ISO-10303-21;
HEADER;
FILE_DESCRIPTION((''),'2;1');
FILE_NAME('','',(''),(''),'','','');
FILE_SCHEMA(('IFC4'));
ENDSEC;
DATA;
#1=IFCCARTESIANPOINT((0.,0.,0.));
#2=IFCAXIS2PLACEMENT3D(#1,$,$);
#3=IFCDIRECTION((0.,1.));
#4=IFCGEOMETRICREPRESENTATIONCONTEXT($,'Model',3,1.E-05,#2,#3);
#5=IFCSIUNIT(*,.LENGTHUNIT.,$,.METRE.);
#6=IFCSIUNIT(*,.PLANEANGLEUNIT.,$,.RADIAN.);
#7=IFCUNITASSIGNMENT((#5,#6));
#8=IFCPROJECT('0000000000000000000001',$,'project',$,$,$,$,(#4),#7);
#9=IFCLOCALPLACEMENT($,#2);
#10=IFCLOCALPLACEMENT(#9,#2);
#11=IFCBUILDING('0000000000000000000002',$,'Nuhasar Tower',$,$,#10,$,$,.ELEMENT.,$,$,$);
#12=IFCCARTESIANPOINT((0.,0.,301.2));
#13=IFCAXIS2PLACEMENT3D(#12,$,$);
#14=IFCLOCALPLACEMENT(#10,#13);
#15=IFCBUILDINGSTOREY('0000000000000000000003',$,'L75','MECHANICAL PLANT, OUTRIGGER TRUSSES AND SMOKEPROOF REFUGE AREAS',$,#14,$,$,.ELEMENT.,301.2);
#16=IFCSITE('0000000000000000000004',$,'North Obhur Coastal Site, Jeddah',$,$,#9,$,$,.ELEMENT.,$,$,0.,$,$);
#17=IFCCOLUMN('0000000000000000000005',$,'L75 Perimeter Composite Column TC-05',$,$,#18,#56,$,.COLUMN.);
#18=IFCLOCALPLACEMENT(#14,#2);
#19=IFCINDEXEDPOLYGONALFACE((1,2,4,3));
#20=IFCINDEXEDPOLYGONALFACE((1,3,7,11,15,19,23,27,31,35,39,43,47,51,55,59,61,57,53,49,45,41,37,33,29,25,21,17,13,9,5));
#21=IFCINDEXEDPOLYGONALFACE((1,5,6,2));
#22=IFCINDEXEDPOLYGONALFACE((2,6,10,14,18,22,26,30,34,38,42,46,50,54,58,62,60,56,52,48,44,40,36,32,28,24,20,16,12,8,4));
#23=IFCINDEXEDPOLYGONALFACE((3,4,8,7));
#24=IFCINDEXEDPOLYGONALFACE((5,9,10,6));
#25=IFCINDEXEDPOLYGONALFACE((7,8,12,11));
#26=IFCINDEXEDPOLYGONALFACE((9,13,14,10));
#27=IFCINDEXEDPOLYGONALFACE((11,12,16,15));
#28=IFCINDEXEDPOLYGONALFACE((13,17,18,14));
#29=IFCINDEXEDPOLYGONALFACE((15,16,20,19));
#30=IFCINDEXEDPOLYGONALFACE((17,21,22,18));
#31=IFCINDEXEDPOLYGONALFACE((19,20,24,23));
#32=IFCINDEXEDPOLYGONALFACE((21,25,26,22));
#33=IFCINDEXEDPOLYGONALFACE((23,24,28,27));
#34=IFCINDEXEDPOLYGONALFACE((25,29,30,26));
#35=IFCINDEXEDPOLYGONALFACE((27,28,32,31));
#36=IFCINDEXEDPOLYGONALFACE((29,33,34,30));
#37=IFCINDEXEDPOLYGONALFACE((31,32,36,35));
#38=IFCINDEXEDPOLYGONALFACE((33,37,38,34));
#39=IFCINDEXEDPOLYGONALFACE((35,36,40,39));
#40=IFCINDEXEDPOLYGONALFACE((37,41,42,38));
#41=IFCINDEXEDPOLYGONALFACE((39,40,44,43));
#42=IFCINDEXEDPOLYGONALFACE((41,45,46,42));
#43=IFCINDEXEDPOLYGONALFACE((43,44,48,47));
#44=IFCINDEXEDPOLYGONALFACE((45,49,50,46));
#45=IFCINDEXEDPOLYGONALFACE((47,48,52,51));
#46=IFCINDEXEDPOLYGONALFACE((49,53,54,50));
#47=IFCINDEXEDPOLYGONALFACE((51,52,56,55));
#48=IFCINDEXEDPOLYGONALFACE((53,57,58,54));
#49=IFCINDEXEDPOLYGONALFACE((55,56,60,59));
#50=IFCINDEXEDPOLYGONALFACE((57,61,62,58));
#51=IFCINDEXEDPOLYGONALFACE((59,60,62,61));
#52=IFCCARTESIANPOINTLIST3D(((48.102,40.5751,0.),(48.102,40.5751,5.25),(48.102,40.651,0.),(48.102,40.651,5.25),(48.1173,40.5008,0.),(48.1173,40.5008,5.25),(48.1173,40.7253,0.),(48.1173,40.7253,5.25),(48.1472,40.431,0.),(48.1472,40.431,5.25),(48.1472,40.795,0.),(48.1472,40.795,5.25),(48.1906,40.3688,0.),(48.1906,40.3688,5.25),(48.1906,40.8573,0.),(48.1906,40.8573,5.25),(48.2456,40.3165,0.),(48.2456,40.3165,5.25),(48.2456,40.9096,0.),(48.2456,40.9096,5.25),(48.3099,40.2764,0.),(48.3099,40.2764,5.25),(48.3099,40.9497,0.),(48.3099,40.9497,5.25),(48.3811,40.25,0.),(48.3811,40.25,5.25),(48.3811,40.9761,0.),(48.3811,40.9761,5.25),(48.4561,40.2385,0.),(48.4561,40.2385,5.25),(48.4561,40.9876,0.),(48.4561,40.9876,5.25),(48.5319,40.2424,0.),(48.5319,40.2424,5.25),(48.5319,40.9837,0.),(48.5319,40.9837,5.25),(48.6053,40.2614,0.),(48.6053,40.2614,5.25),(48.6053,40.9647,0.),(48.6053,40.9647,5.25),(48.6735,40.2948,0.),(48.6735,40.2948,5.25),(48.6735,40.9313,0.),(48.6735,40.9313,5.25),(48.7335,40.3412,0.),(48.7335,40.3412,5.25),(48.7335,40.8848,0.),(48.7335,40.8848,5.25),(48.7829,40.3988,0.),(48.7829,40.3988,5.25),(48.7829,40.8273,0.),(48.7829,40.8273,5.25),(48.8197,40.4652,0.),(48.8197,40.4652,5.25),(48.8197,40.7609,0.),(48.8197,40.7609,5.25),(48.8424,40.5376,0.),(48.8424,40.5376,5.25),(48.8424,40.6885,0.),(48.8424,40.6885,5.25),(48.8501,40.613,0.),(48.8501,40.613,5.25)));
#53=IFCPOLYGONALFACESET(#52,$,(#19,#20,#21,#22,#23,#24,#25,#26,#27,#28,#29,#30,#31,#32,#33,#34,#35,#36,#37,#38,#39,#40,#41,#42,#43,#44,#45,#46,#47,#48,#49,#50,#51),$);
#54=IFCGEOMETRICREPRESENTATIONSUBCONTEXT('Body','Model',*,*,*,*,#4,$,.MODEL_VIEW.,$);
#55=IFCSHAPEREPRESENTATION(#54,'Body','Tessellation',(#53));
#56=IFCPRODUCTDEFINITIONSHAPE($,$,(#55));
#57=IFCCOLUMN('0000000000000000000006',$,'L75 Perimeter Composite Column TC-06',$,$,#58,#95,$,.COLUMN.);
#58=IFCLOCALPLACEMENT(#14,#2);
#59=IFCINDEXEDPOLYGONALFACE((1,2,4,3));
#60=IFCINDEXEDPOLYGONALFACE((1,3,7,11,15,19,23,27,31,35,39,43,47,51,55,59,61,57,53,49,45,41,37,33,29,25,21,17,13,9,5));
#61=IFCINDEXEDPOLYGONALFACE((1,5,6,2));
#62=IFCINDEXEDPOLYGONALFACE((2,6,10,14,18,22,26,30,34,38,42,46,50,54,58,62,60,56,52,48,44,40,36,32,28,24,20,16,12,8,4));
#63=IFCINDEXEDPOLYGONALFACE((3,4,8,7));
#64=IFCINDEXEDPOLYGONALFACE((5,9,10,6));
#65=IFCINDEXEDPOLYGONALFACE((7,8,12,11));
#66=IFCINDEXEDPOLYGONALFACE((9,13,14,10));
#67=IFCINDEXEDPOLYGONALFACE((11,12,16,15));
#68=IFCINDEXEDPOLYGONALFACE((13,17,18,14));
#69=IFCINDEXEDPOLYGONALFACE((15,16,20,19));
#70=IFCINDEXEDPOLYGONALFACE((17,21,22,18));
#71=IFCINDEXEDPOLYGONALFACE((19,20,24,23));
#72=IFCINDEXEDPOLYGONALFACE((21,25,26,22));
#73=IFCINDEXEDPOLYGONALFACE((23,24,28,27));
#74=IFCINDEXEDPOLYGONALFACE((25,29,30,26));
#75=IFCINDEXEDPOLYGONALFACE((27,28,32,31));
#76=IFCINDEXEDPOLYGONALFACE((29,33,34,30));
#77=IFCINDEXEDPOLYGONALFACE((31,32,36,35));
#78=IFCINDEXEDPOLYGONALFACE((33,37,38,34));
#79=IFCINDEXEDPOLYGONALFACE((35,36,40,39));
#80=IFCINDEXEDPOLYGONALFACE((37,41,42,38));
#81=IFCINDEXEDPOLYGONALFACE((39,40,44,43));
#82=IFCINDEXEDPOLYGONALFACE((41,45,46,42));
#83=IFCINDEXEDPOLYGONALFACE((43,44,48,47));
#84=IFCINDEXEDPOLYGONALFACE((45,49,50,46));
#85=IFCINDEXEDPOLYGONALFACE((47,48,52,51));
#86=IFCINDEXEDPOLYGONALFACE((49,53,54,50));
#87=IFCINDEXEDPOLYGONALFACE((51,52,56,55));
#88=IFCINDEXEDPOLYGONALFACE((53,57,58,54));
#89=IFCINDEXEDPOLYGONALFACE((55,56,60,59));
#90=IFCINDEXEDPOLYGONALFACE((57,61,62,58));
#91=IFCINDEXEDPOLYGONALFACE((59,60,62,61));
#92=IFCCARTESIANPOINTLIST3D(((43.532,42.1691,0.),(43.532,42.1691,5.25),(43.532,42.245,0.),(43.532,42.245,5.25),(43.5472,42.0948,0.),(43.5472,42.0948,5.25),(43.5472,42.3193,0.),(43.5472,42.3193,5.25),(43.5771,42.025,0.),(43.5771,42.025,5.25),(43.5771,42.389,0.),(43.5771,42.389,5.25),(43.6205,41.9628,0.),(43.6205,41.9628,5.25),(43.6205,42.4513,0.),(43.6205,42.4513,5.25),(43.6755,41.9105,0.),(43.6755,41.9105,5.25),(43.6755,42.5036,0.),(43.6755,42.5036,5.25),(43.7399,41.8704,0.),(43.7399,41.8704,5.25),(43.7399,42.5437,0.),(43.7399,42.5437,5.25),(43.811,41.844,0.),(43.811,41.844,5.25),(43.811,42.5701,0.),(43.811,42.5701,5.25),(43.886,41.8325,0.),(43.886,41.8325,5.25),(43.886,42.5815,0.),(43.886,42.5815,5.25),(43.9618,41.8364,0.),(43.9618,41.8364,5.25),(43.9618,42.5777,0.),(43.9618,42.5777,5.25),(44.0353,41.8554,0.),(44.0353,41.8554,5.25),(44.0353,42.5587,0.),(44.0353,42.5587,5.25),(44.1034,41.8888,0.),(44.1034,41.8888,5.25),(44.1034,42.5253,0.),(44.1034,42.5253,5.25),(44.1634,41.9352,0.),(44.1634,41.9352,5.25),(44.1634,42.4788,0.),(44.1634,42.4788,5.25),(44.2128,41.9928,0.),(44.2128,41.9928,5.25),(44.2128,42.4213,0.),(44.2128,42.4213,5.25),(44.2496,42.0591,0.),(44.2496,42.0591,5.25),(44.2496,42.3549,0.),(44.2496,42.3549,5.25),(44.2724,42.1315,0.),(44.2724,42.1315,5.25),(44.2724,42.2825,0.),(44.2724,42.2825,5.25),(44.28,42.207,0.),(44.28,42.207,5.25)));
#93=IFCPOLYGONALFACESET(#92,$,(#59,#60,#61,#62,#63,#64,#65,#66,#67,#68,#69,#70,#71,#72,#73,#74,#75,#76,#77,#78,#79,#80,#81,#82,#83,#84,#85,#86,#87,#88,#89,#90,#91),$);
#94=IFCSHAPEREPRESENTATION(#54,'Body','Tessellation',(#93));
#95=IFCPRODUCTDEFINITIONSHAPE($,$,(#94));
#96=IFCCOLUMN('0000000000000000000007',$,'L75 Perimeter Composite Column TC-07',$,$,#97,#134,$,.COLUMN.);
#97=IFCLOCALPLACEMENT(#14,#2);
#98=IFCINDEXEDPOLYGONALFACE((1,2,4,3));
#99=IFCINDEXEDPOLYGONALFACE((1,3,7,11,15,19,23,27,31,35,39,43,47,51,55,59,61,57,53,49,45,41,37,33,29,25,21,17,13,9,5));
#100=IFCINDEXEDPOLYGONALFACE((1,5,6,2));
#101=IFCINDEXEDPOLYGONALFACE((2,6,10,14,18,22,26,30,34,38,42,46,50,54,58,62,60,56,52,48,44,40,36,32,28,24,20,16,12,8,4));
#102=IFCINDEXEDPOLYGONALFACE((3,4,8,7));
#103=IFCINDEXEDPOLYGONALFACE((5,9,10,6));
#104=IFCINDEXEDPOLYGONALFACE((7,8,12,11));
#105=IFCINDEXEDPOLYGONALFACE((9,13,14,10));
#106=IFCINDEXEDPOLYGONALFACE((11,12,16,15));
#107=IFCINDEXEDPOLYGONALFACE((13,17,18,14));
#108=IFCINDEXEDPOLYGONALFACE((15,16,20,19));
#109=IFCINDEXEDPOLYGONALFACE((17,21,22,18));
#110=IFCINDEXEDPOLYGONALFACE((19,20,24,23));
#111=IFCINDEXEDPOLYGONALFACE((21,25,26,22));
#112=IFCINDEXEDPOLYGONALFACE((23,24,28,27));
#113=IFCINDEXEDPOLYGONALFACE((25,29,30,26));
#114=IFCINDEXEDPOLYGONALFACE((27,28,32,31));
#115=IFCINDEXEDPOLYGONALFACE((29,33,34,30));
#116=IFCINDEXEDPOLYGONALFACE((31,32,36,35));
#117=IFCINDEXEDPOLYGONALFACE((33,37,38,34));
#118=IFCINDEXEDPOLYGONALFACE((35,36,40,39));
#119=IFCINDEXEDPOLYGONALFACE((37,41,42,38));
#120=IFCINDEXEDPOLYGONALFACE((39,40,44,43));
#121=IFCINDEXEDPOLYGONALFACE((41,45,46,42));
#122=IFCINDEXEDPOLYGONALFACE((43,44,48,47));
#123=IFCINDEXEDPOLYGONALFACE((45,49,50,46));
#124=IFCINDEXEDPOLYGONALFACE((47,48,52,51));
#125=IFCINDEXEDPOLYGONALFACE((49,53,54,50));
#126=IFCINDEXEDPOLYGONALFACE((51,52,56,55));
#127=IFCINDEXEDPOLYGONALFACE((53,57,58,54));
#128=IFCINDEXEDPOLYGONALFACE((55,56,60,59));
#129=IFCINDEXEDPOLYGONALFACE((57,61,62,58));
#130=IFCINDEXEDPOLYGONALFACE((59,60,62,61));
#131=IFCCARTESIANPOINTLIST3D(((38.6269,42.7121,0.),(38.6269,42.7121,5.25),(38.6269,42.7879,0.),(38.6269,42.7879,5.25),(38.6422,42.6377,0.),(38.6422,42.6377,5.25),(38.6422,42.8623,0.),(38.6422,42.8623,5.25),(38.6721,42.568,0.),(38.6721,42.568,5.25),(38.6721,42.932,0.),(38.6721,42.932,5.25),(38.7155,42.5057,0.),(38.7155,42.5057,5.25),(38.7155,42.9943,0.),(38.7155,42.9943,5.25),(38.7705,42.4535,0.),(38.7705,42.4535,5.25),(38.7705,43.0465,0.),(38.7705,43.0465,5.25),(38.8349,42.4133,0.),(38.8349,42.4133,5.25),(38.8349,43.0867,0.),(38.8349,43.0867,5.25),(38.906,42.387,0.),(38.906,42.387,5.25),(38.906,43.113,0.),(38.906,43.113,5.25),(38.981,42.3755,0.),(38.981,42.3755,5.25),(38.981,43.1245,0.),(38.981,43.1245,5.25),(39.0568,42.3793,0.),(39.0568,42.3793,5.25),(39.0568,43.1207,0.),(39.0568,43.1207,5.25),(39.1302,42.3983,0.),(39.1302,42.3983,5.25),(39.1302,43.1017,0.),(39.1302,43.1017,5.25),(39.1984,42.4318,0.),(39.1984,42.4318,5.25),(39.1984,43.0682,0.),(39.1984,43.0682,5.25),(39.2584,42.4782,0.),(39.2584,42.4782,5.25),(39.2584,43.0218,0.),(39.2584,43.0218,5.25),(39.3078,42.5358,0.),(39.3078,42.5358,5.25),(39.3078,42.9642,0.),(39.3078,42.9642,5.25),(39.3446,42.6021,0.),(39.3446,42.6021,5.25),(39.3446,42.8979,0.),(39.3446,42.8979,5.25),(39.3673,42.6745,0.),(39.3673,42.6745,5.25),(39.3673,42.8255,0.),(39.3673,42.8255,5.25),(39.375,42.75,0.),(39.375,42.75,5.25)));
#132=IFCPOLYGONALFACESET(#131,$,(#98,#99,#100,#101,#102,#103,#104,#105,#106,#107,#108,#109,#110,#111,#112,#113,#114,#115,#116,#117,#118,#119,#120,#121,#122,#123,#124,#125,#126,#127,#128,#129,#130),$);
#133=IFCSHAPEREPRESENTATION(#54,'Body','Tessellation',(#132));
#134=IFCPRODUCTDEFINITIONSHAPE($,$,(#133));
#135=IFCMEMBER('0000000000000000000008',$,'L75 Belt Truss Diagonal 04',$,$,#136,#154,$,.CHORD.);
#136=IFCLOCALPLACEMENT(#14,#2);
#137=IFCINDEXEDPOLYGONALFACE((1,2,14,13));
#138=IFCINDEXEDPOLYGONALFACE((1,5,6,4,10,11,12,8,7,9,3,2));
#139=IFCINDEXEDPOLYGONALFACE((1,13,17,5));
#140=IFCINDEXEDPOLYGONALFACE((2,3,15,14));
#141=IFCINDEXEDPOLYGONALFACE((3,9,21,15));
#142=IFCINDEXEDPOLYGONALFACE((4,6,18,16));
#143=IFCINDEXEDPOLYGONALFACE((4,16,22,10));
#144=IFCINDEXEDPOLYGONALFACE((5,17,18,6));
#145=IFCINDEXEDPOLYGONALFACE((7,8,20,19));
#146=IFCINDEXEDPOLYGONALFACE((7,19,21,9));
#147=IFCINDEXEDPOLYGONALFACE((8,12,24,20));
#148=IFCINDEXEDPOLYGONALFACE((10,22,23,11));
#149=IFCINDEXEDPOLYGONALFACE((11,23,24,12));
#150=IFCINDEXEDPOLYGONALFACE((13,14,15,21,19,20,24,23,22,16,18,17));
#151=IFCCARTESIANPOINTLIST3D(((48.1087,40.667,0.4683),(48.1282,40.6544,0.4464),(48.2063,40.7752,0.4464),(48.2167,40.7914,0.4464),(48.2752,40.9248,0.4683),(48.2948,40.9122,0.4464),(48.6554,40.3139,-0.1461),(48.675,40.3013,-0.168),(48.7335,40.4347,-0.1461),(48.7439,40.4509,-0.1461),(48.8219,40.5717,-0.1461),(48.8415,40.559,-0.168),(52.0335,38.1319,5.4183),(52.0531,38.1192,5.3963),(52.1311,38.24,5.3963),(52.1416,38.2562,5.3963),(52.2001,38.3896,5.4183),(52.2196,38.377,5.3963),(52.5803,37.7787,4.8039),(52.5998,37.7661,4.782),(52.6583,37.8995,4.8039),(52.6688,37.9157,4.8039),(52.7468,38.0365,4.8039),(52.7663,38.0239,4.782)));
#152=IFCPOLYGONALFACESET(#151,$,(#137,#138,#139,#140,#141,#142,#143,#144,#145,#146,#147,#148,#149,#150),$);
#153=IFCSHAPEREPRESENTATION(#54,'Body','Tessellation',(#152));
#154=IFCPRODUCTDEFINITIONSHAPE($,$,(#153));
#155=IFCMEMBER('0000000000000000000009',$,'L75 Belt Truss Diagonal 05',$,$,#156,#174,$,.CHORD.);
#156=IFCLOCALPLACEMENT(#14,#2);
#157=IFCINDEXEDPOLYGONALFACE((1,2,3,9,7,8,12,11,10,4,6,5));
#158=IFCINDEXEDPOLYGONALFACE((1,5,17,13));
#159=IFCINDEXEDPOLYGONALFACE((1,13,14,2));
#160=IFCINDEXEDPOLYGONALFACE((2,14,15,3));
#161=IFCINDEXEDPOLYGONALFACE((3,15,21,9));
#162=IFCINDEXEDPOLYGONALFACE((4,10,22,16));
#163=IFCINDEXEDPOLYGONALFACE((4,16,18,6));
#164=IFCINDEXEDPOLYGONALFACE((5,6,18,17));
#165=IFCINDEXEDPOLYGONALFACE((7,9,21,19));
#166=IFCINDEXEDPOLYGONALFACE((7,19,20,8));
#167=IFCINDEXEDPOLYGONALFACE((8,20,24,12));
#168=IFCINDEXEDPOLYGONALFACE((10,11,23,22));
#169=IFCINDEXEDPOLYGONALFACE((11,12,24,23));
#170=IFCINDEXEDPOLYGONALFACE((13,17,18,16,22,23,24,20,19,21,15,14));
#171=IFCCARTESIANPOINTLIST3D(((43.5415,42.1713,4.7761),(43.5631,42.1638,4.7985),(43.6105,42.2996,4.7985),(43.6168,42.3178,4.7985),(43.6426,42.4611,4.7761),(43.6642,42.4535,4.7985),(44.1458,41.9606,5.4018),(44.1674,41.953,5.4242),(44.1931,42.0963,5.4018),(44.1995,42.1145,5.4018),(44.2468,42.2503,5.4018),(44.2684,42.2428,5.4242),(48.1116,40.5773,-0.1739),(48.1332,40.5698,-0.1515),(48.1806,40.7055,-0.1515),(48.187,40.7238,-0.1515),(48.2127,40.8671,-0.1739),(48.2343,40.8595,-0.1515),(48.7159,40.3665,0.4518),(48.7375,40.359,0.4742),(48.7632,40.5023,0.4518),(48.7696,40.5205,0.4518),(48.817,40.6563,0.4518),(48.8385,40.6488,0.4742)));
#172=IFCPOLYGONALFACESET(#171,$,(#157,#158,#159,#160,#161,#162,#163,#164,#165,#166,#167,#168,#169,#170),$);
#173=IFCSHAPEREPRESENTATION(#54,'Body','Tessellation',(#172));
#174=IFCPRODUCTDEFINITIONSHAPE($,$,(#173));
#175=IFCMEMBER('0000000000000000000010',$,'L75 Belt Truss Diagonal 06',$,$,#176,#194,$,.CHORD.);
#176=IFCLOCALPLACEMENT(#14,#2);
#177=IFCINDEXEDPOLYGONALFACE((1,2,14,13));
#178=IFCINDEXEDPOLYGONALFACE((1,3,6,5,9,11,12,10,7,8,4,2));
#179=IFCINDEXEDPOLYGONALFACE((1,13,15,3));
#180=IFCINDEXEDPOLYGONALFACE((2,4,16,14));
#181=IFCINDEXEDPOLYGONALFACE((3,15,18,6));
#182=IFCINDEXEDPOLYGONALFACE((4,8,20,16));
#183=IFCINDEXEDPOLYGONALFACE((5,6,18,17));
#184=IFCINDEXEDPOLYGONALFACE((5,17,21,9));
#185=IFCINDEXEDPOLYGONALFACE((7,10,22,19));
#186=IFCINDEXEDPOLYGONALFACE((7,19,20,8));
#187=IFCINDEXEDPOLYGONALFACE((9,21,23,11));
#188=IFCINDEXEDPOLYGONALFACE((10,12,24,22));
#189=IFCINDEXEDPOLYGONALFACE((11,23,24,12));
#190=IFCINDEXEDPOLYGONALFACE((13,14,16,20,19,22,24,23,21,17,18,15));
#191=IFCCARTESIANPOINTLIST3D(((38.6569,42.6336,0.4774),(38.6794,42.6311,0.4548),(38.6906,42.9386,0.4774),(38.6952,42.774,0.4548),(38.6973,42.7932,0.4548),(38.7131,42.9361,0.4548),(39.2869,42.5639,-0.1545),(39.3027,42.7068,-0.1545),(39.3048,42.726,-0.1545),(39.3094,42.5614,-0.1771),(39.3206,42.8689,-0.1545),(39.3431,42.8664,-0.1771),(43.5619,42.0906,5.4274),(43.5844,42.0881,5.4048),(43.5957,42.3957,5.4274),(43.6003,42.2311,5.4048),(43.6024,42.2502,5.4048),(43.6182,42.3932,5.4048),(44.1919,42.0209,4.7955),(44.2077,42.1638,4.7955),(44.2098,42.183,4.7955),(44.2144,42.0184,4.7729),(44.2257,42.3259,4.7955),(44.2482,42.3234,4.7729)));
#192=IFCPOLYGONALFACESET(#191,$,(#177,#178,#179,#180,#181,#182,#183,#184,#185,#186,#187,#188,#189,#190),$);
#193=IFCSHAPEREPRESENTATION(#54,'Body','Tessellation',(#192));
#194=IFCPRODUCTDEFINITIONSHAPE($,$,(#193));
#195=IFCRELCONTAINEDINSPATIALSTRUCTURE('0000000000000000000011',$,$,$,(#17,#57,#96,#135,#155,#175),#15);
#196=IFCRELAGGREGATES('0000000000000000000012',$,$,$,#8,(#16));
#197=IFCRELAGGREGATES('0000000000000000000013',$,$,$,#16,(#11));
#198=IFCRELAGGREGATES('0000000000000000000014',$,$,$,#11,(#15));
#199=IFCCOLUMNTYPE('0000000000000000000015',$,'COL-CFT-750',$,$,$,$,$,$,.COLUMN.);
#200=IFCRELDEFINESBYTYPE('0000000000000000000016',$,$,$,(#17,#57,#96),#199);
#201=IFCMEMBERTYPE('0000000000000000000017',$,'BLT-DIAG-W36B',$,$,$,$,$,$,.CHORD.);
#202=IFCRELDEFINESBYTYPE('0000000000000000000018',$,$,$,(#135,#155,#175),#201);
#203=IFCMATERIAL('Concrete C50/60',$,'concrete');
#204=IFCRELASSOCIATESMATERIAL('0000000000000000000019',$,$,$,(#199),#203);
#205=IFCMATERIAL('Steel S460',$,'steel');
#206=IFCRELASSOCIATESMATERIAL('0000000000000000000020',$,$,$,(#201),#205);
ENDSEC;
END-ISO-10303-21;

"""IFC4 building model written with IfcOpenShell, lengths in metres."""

from ifc_helpers import new_model, si_unit, direction, frame, origin, origin_2d, place, context, subcontext, project, spatial, circle, i_section, extrude, material, material_profile, profile_set, type_object, element, save


model = new_model("IFC4")

# Units and contexts
model_context = context("Model", 3, precision=1e-05, world=origin(), true_north=direction((0.0, 1.0)))
body_context = subcontext(model_context, "Body", "Model", "MODEL_VIEW")
ifc_project = project(units=[si_unit("LENGTHUNIT", "METRE"), si_unit("PLANEANGLEUNIT", "RADIAN")], contexts=[model_context])

# Site, building, storey
site_placement = place(None, origin())
site = spatial("IfcSite", under=ifc_project, at=site_placement, Name="North Obhur Coastal Site, Jeddah", CompositionType="ELEMENT", RefElevation=0.0)
building_placement = place(site_placement, origin())
building = spatial("IfcBuilding", under=site, at=building_placement, Name="Nuhasar Tower", CompositionType="ELEMENT")
storey_placement = place(building_placement, frame((0.0, 0.0, 301.2)))
storey = spatial("IfcBuildingStorey", under=building, at=storey_placement, Name="L75", Description="MECHANICAL PLANT, OUTRIGGER TRUSSES AND SMOKEPROOF REFUGE AREAS", CompositionType="ELEMENT", Elevation=301.2)

# Columns
ifc_material_1 = material(Name="Concrete C50/60", Category="concrete")
ifc_material_profile_1 = material_profile(ifc_material_1, circle(Radius=0.375, at=origin_2d()), Name="CFT750")
ifc_profile_set_1 = profile_set([ifc_material_profile_1], Name="Concrete C50/60")
column_type = type_object("IfcColumnType", Name="COL-CFT-750", PredefinedType="COLUMN", material=ifc_profile_set_1)
for number, where, z_axis, x_axis, name in (
    (1, (48.4751, 40.613, 0.0), (0.0, 0.0, 1.0), (1.0, 0.0, 0.0), "L75 Perimeter Composite Column TC-05"),
    (2, (43.905, 42.207, 0.0), (0.0, 0.0, 1.0), (1.0, 0.0, 0.0), "L75 Perimeter Composite Column TC-06"),
    (3, (39.0, 42.75, 0.0), (0.0, 0.0, 1.0), (1.0, 0.0, 0.0), "L75 Perimeter Composite Column TC-07"),
):
    element("IfcColumn", number, at=place(storey_placement, frame(where, z_axis=z_axis, x_axis=x_axis)), inside=storey, type_object=column_type, Name=name, PredefinedType="COLUMN", context=body_context, shape_type="SweptSolid", body=[
        extrude(circle(Radius=0.375, at=origin_2d()), origin(), (0.0, 0.0, 1.0), 5.25),
    ])

# Members
ifc_material_2 = material(Name="Steel S460", Category="steel")
ifc_material_profile_2 = material_profile(ifc_material_2, i_section(OverallWidth=0.3069, OverallDepth=0.927, WebThickness=0.0193, FlangeThickness=0.032, at=origin_2d()), Name="W36X194")
ifc_profile_set_2 = profile_set([ifc_material_profile_2], Name="Steel S460")
member_type_1 = type_object("IfcMemberType", Name="BLT-DIAG-W36B", PredefinedType="CHORD", material=ifc_profile_set_2)
member_1_placement = place(storey_placement, frame((48.4751, 40.613, 0.1501), z_axis=(0.576597, -0.372442, 0.727202), x_axis=(0.542584, 0.840002, 0.0)))
element("IfcMember", 4, at=member_1_placement, inside=storey, type_object=member_type_1, Name="L75 Belt Truss Diagonal 04", PredefinedType="CHORD", context=body_context, shape_type="SweptSolid", body=[
    extrude(i_section(OverallWidth=0.3069, OverallDepth=0.927, WebThickness=0.0193, FlangeThickness=0.032, at=origin_2d()), origin(), (0.0, 0.0, 1.0), 6.8069),
])
member_2_placement = place(storey_placement, frame((48.4751, 40.613, 0.1501), z_axis=(-0.660125, 0.230245, 0.714998), x_axis=(-0.329332, -0.944214, 0.0)))
element("IfcMember", 5, at=member_2_placement, inside=storey, type_object=member_type_1, Name="L75 Belt Truss Diagonal 05", PredefinedType="CHORD", context=body_context, shape_type="SweptSolid", body=[
    extrude(i_section(OverallWidth=0.3069, OverallDepth=0.927, WebThickness=0.0193, FlangeThickness=0.032, at=origin_2d()), origin(), (0.0, 0.0, 1.0), 6.9231),
])
for number, where, z_axis, x_axis, name in (
    (6, (39.0, 42.75, 0.1501), (0.701749, -0.077681, 0.708176), (0.110024, 0.993929, 0.0), "L75 Belt Truss Diagonal 06"),
):
    element("IfcMember", number, at=place(storey_placement, frame(where, z_axis=z_axis, x_axis=x_axis)), inside=storey, type_object=member_type_1, Name=name, PredefinedType="CHORD", context=body_context, shape_type="SweptSolid", body=[
        extrude(i_section(OverallWidth=0.3069, OverallDepth=0.927, WebThickness=0.0193, FlangeThickness=0.032, at=origin_2d()), origin(), (0.0, 0.0, 1.0), 6.9897),
    ])

save(model, "model.ifc")
